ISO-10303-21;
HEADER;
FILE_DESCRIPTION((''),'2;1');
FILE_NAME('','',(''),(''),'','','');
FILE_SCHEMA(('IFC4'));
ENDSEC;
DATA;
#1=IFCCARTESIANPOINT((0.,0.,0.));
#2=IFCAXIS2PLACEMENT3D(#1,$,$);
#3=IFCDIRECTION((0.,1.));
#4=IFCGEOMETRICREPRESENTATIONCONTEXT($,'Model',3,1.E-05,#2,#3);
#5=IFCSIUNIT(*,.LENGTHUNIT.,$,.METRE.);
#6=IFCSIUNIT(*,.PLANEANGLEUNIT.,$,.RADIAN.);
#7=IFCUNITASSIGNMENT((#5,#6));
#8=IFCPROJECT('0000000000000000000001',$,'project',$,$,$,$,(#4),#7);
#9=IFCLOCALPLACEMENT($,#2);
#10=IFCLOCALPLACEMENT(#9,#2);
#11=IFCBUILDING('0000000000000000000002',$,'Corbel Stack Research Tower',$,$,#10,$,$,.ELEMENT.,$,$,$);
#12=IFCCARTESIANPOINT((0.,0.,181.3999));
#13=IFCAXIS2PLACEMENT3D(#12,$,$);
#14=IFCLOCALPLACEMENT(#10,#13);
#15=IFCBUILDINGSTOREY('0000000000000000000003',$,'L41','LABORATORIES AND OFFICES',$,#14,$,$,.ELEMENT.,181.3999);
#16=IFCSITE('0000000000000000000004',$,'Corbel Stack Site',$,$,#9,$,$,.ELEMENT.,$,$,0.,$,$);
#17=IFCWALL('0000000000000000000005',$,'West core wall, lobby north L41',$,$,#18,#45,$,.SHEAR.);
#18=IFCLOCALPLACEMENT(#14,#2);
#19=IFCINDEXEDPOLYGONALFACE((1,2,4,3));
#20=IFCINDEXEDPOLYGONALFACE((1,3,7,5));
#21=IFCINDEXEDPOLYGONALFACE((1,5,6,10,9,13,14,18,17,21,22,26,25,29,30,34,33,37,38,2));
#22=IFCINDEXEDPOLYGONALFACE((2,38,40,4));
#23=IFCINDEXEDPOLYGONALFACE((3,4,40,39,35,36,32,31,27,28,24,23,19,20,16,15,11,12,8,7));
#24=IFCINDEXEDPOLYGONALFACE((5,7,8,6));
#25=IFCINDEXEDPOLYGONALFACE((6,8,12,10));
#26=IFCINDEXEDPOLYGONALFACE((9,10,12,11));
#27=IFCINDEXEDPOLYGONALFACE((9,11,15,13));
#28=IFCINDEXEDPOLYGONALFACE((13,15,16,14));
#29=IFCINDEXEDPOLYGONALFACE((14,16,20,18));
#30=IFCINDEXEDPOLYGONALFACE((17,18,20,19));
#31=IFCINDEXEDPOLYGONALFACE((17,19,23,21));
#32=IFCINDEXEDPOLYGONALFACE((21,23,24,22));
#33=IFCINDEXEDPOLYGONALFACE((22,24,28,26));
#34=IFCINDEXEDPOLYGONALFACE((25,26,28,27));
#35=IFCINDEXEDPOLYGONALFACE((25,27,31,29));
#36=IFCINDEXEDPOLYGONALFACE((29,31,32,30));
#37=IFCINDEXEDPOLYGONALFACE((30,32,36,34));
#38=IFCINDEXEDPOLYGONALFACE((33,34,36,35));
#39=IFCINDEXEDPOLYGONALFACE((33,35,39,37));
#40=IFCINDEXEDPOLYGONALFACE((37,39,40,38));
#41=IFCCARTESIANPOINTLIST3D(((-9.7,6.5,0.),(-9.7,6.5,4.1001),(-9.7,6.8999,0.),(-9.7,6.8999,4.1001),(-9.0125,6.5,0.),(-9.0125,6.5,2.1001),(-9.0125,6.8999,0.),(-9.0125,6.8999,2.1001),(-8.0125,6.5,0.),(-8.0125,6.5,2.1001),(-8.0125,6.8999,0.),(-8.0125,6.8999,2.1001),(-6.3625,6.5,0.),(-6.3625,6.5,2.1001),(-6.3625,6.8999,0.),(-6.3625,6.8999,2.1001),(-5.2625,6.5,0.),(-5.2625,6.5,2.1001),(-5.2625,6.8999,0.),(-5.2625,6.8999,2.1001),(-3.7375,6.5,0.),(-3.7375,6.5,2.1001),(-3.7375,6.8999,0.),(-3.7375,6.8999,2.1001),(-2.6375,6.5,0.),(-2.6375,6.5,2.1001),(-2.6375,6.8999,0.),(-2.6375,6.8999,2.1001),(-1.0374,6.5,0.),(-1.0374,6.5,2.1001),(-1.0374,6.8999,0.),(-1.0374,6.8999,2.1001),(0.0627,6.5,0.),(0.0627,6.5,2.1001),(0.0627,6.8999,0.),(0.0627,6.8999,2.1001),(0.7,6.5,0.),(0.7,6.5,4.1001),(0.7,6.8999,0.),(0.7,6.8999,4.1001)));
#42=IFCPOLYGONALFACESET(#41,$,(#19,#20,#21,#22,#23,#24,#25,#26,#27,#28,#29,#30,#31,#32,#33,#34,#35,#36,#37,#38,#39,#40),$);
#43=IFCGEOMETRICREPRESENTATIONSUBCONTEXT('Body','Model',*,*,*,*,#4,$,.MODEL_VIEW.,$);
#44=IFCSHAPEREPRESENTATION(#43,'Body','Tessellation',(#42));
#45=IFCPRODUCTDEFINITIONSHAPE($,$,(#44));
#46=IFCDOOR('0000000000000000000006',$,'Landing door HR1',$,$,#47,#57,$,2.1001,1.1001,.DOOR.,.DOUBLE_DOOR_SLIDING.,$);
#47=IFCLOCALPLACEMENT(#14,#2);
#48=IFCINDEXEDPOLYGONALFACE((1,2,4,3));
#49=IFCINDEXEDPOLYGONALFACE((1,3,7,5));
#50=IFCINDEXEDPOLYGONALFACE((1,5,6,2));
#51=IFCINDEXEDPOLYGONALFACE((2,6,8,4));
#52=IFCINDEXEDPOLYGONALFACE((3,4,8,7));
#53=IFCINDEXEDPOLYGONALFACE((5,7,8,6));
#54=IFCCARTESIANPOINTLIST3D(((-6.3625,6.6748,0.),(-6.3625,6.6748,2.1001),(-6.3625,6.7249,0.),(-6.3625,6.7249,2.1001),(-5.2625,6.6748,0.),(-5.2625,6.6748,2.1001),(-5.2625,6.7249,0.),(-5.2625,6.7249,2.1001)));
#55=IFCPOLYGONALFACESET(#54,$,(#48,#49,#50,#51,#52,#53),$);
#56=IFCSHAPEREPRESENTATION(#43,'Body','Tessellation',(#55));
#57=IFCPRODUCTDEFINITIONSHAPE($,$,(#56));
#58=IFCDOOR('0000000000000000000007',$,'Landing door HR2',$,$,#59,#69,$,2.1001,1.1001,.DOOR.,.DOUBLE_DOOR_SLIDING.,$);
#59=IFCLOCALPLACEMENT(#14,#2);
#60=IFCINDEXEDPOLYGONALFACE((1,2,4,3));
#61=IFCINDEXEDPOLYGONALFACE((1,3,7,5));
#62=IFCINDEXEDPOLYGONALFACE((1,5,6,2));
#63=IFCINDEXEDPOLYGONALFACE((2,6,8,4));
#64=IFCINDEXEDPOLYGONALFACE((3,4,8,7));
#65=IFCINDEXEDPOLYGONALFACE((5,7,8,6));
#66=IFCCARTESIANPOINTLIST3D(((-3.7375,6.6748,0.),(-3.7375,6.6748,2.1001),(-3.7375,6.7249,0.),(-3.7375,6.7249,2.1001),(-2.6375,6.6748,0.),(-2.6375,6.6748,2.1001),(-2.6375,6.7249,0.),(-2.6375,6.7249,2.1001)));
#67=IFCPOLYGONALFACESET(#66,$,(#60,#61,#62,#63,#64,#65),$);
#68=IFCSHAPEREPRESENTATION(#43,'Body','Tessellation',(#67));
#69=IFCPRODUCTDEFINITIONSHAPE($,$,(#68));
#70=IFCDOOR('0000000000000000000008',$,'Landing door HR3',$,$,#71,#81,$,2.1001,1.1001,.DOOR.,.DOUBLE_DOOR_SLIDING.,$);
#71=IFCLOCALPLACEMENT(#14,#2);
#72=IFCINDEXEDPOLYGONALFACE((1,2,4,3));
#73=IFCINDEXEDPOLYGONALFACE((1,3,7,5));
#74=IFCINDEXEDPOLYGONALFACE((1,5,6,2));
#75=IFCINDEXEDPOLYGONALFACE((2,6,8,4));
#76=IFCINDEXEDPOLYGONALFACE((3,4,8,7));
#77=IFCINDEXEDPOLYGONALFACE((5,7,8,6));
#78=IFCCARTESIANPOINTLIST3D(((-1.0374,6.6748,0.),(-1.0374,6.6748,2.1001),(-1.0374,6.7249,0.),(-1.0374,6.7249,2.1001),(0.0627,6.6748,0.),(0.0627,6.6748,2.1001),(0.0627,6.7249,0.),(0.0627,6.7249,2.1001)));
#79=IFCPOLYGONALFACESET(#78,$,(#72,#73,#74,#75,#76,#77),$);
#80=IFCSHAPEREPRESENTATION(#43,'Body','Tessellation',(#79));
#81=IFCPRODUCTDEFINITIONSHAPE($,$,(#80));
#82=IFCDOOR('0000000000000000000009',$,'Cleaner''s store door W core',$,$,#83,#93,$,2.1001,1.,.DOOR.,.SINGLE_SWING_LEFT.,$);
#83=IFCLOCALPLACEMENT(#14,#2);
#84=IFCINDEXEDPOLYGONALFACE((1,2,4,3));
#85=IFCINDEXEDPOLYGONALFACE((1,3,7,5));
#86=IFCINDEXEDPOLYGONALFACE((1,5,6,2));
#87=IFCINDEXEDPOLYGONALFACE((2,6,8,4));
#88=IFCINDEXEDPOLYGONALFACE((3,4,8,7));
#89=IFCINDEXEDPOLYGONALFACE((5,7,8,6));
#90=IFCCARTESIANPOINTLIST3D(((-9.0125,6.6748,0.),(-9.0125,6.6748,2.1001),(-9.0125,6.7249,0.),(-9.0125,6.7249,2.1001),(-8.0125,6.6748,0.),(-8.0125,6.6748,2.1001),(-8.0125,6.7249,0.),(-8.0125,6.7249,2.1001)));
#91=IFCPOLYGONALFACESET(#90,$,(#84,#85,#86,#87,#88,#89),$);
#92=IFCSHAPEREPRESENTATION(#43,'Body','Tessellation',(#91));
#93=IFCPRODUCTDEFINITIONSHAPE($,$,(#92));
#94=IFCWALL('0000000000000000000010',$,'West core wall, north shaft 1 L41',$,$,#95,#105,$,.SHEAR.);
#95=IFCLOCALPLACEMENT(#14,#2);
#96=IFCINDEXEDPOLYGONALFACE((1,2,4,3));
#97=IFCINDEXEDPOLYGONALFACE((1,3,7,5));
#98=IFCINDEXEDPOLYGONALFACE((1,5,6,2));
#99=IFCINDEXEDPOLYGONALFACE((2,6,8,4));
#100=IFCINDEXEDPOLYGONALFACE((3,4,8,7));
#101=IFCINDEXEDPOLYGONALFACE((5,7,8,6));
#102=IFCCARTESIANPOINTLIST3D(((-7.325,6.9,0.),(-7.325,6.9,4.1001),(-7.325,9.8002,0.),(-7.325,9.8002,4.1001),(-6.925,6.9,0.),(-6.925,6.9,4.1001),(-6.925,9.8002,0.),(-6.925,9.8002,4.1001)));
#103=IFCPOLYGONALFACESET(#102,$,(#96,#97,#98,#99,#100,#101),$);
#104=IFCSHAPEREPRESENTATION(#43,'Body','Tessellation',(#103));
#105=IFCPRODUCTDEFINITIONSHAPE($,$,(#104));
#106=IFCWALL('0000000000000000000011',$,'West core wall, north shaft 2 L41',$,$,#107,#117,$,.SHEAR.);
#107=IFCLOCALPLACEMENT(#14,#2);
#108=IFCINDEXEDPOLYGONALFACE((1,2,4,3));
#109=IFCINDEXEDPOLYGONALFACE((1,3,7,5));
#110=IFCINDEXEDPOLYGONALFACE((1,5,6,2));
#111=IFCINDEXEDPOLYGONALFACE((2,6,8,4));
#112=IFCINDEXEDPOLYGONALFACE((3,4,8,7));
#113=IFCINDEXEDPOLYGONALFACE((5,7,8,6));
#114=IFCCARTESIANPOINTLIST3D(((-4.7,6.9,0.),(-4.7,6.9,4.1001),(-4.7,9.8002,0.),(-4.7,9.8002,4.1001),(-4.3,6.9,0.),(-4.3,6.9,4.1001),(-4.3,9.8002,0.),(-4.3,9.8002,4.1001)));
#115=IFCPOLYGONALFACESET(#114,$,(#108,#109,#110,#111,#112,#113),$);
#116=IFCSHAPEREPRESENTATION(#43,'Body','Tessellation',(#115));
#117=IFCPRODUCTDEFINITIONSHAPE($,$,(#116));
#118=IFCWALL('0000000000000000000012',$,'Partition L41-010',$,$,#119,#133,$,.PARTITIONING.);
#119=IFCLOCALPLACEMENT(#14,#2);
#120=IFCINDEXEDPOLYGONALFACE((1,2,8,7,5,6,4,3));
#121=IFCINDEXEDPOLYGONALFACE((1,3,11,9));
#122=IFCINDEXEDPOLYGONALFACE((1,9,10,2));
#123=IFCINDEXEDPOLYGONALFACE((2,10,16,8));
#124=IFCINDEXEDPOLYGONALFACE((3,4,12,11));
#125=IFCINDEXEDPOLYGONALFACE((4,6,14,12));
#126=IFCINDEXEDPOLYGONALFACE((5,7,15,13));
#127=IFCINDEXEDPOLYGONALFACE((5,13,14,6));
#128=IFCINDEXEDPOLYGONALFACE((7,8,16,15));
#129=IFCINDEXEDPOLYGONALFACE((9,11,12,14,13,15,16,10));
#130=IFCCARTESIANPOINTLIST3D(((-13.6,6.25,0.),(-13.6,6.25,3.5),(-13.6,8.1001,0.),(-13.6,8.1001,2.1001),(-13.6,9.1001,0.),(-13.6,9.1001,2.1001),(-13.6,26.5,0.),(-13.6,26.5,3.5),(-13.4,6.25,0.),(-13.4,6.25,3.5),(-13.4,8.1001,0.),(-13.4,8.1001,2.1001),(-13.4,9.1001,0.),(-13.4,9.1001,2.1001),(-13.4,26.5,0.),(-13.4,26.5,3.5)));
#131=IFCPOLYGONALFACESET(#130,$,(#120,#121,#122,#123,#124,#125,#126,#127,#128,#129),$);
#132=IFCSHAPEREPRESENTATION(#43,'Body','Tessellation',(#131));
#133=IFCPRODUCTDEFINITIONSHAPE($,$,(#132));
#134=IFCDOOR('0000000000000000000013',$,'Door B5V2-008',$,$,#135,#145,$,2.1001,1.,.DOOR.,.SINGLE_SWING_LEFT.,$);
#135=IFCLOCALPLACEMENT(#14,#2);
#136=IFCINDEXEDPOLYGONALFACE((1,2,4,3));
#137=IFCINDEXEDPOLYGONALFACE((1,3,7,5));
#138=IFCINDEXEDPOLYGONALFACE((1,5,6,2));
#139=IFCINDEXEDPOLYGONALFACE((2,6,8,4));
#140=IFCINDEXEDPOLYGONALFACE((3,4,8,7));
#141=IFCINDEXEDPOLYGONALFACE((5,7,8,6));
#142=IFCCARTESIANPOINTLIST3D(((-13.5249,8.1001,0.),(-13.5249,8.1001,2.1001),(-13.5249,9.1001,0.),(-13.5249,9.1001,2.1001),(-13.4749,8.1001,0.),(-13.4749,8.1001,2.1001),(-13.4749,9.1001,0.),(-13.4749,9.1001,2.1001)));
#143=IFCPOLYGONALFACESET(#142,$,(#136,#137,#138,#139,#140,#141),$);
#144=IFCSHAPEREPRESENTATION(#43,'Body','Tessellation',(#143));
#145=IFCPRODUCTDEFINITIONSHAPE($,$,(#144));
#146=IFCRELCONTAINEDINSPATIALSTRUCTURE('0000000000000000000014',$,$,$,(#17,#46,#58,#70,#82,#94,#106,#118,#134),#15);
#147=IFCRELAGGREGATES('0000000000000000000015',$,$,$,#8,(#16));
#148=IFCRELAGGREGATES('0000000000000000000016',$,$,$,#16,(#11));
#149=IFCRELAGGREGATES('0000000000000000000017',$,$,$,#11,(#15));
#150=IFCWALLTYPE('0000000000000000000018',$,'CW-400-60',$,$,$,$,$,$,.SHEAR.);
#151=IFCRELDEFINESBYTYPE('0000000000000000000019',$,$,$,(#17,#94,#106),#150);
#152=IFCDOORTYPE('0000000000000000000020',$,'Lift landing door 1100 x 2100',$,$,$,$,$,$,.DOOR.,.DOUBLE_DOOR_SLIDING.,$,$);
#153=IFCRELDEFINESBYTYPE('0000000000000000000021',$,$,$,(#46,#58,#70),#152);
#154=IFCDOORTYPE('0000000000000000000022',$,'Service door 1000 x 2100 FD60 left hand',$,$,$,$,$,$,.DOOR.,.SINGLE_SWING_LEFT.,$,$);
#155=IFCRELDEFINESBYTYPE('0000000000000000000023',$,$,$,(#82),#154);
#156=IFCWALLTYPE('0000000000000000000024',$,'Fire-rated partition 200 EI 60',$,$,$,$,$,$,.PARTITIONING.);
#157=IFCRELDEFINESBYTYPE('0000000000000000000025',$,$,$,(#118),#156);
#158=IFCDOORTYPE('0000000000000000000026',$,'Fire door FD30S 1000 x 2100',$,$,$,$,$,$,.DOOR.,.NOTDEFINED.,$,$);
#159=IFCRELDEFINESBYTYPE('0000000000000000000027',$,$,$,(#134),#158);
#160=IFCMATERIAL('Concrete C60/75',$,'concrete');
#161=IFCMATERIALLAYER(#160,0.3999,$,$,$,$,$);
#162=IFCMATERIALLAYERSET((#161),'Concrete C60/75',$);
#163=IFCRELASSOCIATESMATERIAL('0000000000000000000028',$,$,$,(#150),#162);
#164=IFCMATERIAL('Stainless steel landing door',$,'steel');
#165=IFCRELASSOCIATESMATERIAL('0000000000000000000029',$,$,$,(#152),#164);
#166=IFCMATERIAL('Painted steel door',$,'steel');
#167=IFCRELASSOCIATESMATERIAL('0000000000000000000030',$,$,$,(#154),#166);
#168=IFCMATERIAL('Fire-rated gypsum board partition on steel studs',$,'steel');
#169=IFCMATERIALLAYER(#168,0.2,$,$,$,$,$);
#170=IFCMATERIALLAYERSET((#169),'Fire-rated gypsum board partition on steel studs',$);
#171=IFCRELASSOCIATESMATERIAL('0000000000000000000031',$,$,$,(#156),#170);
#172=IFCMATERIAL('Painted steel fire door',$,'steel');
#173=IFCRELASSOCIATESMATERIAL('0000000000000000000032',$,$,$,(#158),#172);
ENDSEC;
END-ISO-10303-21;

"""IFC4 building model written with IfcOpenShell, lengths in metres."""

from ifc_helpers import new_model, si_unit, direction, frame, frame_2d, origin, place, context, subcontext, project, spatial, rectangle, extrude, material, layer, layer_set, type_object, element, fill, save


model = new_model("IFC4")

# Units and contexts
model_context = context("Model", 3, precision=1e-05, world=origin(), true_north=direction((0.0, 1.0)))
body_context = subcontext(model_context, "Body", "Model", "MODEL_VIEW")
ifc_project = project(units=[si_unit("LENGTHUNIT", "METRE"), si_unit("PLANEANGLEUNIT", "RADIAN")], contexts=[model_context])

# Site, building, storey
site_placement = place(None, origin())
site = spatial("IfcSite", under=ifc_project, at=site_placement, Name="Corbel Stack Site", CompositionType="ELEMENT", RefElevation=0.0)
building_placement = place(site_placement, origin())
building = spatial("IfcBuilding", under=site, at=building_placement, Name="Corbel Stack Research Tower", CompositionType="ELEMENT")
storey_placement = place(building_placement, frame((0.0, 0.0, 181.3999)))
storey = spatial("IfcBuildingStorey", under=building, at=storey_placement, Name="L41", Description="LABORATORIES AND OFFICES", CompositionType="ELEMENT", Elevation=181.3999)

# Wall, openings, doors
ifc_material_1 = material(Name="Concrete C60/75", Category="concrete")
ifc_layer_1 = layer(ifc_material_1, 0.3999)
ifc_layer_set_1 = layer_set([ifc_layer_1], Name="Concrete C60/75")
wall_type_1 = type_object("IfcWallType", Name="CW-400-60", PredefinedType="SHEAR", material=ifc_layer_set_1)
ifc_material_2 = material(Name="Stainless steel landing door", Category="steel")
door_type_1 = type_object("IfcDoorType", Name="Lift landing door 1100 x 2100", OperationType="DOUBLE_DOOR_SLIDING", PredefinedType="DOOR", material=ifc_material_2)
ifc_material_3 = material(Name="Painted steel door", Category="steel")
door_type_2 = type_object("IfcDoorType", Name="Service door 1000 x 2100 FD60 left hand", OperationType="SINGLE_SWING_LEFT", PredefinedType="DOOR", material=ifc_material_3)
wall_1_placement = place(storey_placement, frame((-9.7, 6.7, 0.0), z_axis=(0.0, 0.0, 1.0), x_axis=(1.0, 0.0, 0.0)))
wall_1 = element("IfcWall", 1, at=wall_1_placement, inside=storey, type_object=wall_type_1, Name="West core wall, lobby north L41", PredefinedType="SHEAR", context=body_context, shape_type="SweptSolid", body=[
    extrude(rectangle(XDim=10.3999, YDim=0.3999, at=frame_2d((5.2, 0.0))), origin(), (0.0, 0.0, 1.0), 4.1001),
])
opening_1_placement = place(wall_1_placement, frame((3.3374, 0.0, 0.0)))
opening_1 = element("IfcOpeningElement", 2, at=opening_1_placement, cuts=wall_1, PredefinedType="OPENING", context=body_context, shape_type="SweptSolid", body=[
    extrude(rectangle(XDim=1.1001, YDim=2.1001, at=frame_2d((0.55, 1.05))), frame((0.0, 0.21, 0.0), z_axis=(0.0, -1.0, 0.0), x_axis=(1.0, 0.0, 0.0)), (0.0, 0.0, 1.0), 0.4199),
])
opening_2_placement = place(wall_1_placement, frame((5.9624, 0.0, 0.0)))
opening_2 = element("IfcOpeningElement", 3, at=opening_2_placement, cuts=wall_1, PredefinedType="OPENING", context=body_context, shape_type="SweptSolid", body=[
    extrude(rectangle(XDim=1.1001, YDim=2.1001, at=frame_2d((0.55, 1.05))), frame((0.0, 0.21, 0.0), z_axis=(0.0, -1.0, 0.0), x_axis=(1.0, 0.0, 0.0)), (0.0, 0.0, 1.0), 0.4199),
])
opening_3_placement = place(wall_1_placement, frame((8.6626, 0.0, 0.0)))
opening_3 = element("IfcOpeningElement", 4, at=opening_3_placement, cuts=wall_1, PredefinedType="OPENING", context=body_context, shape_type="SweptSolid", body=[
    extrude(rectangle(XDim=1.1001, YDim=2.1001, at=frame_2d((0.55, 1.05))), frame((0.0, 0.21, 0.0), z_axis=(0.0, -1.0, 0.0), x_axis=(1.0, 0.0, 0.0)), (0.0, 0.0, 1.0), 0.4199),
])
opening_4_placement = place(wall_1_placement, frame((0.6875, 0.0, 0.0)))
opening_4 = element("IfcOpeningElement", 5, at=opening_4_placement, cuts=wall_1, PredefinedType="OPENING", context=body_context, shape_type="SweptSolid", body=[
    extrude(rectangle(XDim=1.0, YDim=2.1001, at=frame_2d((0.5, 1.05))), frame((0.0, 0.21, 0.0), z_axis=(0.0, -1.0, 0.0), x_axis=(1.0, 0.0, 0.0)), (0.0, 0.0, 1.0), 0.4199),
])
door_1_placement = place(opening_1_placement, origin())
door_1 = element("IfcDoor", 6, at=door_1_placement, inside=storey, type_object=door_type_1, Name="Landing door HR1", OperationType="DOUBLE_DOOR_SLIDING", OverallHeight=2.1001, OverallWidth=1.1001, PredefinedType="DOOR", context=body_context, shape_type="SweptSolid", body=[
    extrude(rectangle(XDim=1.1001, YDim=2.1001, at=frame_2d((0.55, 1.05))), frame((0.0, 0.0249, 0.0), z_axis=(0.0, -1.0, 0.0), x_axis=(1.0, 0.0, 0.0)), (0.0, 0.0, 1.0), 0.05),
])
fill(opening_1, door_1)
door_2_placement = place(opening_2_placement, origin())
door_2 = element("IfcDoor", 7, at=door_2_placement, inside=storey, type_object=door_type_1, Name="Landing door HR2", OperationType="DOUBLE_DOOR_SLIDING", OverallHeight=2.1001, OverallWidth=1.1001, PredefinedType="DOOR", context=body_context, shape_type="SweptSolid", body=[
    extrude(rectangle(XDim=1.1001, YDim=2.1001, at=frame_2d((0.55, 1.05))), frame((0.0, 0.0249, 0.0), z_axis=(0.0, -1.0, 0.0), x_axis=(1.0, 0.0, 0.0)), (0.0, 0.0, 1.0), 0.05),
])
fill(opening_2, door_2)
door_3_placement = place(opening_3_placement, origin())
door_3 = element("IfcDoor", 8, at=door_3_placement, inside=storey, type_object=door_type_1, Name="Landing door HR3", OperationType="DOUBLE_DOOR_SLIDING", OverallHeight=2.1001, OverallWidth=1.1001, PredefinedType="DOOR", context=body_context, shape_type="SweptSolid", body=[
    extrude(rectangle(XDim=1.1001, YDim=2.1001, at=frame_2d((0.55, 1.05))), frame((0.0, 0.0249, 0.0), z_axis=(0.0, -1.0, 0.0), x_axis=(1.0, 0.0, 0.0)), (0.0, 0.0, 1.0), 0.05),
])
fill(opening_3, door_3)
door_4_placement = place(opening_4_placement, origin())
door_4 = element("IfcDoor", 9, at=door_4_placement, inside=storey, type_object=door_type_2, Name="Cleaner's store door W core", OperationType="SINGLE_SWING_LEFT", OverallHeight=2.1001, OverallWidth=1.0, PredefinedType="DOOR", context=body_context, shape_type="SweptSolid", body=[
    extrude(rectangle(XDim=1.0, YDim=2.1001, at=frame_2d((0.5, 1.05))), frame((0.0, 0.0249, 0.0), z_axis=(0.0, -1.0, 0.0), x_axis=(1.0, 0.0, 0.0)), (0.0, 0.0, 1.0), 0.05),
])
fill(opening_4, door_4)

# Walls
for number, where, z_axis, x_axis, name in (
    (10, (-7.125, 6.8999, 0.0), (0.0, 0.0, 1.0), (0.0, 1.0, 0.0), "West core wall, north shaft 1 L41"),
    (11, (-4.5, 6.8999, 0.0), (0.0, 0.0, 1.0), (0.0, 1.0, 0.0), "West core wall, north shaft 2 L41"),
):
    element("IfcWall", number, at=place(storey_placement, frame(where, z_axis=z_axis, x_axis=x_axis)), inside=storey, type_object=wall_type_1, Name=name, PredefinedType="SHEAR", context=body_context, shape_type="SweptSolid", body=[
        extrude(rectangle(XDim=2.9001, YDim=0.3999, at=frame_2d((1.4502, 0.0))), origin(), (0.0, 0.0, 1.0), 4.1001),
    ])

# Wall, opening, door
ifc_material_4 = material(Name="Fire-rated gypsum board partition on steel studs", Category="steel")
ifc_layer_2 = layer(ifc_material_4, 0.2)
ifc_layer_set_2 = layer_set([ifc_layer_2], Name="Fire-rated gypsum board partition on steel studs")
wall_type_2 = type_object("IfcWallType", Name="Fire-rated partition 200 EI 60", PredefinedType="PARTITIONING", material=ifc_layer_set_2)
wall_2_placement = place(storey_placement, frame((-13.5, 6.25, 0.0), z_axis=(0.0, 0.0, 1.0), x_axis=(0.0, 1.0, 0.0)))
wall_2 = element("IfcWall", 12, at=wall_2_placement, inside=storey, type_object=wall_type_2, Name="Partition L41-010", PredefinedType="PARTITIONING", context=body_context, shape_type="SweptSolid", body=[
    extrude(rectangle(XDim=20.25, YDim=0.2, at=frame_2d((10.125, 0.0))), origin(), (0.0, 0.0, 1.0), 3.5),
])
opening_5_placement = place(wall_2_placement, frame((1.8501, 0.0, 0.0)))
opening_5 = element("IfcOpeningElement", 13, at=opening_5_placement, cuts=wall_2, PredefinedType="OPENING", context=body_context, shape_type="SweptSolid", body=[
    extrude(rectangle(XDim=1.0, YDim=2.1001, at=frame_2d((0.5, 1.05))), frame((0.0, 0.1099, 0.0), z_axis=(0.0, -1.0, 0.0), x_axis=(1.0, 0.0, 0.0)), (0.0, 0.0, 1.0), 0.22),
])
ifc_material_5 = material(Name="Painted steel fire door", Category="steel")
door_type_3 = type_object("IfcDoorType", Name="Fire door FD30S 1000 x 2100", OperationType="NOTDEFINED", PredefinedType="DOOR", material=ifc_material_5)
door_5_placement = place(opening_5_placement, origin())
door_5 = element("IfcDoor", 14, at=door_5_placement, inside=storey, type_object=door_type_3, Name="Door B5V2-008", OperationType="SINGLE_SWING_LEFT", OverallHeight=2.1001, OverallWidth=1.0, PredefinedType="DOOR", context=body_context, shape_type="SweptSolid", body=[
    extrude(rectangle(XDim=1.0, YDim=2.1001, at=frame_2d((0.5, 1.05))), frame((0.0, 0.0249, 0.0), z_axis=(0.0, -1.0, 0.0), x_axis=(1.0, 0.0, 0.0)), (0.0, 0.0, 1.0), 0.05),
])
fill(opening_5, door_5)

save(model, "model.ifc")
